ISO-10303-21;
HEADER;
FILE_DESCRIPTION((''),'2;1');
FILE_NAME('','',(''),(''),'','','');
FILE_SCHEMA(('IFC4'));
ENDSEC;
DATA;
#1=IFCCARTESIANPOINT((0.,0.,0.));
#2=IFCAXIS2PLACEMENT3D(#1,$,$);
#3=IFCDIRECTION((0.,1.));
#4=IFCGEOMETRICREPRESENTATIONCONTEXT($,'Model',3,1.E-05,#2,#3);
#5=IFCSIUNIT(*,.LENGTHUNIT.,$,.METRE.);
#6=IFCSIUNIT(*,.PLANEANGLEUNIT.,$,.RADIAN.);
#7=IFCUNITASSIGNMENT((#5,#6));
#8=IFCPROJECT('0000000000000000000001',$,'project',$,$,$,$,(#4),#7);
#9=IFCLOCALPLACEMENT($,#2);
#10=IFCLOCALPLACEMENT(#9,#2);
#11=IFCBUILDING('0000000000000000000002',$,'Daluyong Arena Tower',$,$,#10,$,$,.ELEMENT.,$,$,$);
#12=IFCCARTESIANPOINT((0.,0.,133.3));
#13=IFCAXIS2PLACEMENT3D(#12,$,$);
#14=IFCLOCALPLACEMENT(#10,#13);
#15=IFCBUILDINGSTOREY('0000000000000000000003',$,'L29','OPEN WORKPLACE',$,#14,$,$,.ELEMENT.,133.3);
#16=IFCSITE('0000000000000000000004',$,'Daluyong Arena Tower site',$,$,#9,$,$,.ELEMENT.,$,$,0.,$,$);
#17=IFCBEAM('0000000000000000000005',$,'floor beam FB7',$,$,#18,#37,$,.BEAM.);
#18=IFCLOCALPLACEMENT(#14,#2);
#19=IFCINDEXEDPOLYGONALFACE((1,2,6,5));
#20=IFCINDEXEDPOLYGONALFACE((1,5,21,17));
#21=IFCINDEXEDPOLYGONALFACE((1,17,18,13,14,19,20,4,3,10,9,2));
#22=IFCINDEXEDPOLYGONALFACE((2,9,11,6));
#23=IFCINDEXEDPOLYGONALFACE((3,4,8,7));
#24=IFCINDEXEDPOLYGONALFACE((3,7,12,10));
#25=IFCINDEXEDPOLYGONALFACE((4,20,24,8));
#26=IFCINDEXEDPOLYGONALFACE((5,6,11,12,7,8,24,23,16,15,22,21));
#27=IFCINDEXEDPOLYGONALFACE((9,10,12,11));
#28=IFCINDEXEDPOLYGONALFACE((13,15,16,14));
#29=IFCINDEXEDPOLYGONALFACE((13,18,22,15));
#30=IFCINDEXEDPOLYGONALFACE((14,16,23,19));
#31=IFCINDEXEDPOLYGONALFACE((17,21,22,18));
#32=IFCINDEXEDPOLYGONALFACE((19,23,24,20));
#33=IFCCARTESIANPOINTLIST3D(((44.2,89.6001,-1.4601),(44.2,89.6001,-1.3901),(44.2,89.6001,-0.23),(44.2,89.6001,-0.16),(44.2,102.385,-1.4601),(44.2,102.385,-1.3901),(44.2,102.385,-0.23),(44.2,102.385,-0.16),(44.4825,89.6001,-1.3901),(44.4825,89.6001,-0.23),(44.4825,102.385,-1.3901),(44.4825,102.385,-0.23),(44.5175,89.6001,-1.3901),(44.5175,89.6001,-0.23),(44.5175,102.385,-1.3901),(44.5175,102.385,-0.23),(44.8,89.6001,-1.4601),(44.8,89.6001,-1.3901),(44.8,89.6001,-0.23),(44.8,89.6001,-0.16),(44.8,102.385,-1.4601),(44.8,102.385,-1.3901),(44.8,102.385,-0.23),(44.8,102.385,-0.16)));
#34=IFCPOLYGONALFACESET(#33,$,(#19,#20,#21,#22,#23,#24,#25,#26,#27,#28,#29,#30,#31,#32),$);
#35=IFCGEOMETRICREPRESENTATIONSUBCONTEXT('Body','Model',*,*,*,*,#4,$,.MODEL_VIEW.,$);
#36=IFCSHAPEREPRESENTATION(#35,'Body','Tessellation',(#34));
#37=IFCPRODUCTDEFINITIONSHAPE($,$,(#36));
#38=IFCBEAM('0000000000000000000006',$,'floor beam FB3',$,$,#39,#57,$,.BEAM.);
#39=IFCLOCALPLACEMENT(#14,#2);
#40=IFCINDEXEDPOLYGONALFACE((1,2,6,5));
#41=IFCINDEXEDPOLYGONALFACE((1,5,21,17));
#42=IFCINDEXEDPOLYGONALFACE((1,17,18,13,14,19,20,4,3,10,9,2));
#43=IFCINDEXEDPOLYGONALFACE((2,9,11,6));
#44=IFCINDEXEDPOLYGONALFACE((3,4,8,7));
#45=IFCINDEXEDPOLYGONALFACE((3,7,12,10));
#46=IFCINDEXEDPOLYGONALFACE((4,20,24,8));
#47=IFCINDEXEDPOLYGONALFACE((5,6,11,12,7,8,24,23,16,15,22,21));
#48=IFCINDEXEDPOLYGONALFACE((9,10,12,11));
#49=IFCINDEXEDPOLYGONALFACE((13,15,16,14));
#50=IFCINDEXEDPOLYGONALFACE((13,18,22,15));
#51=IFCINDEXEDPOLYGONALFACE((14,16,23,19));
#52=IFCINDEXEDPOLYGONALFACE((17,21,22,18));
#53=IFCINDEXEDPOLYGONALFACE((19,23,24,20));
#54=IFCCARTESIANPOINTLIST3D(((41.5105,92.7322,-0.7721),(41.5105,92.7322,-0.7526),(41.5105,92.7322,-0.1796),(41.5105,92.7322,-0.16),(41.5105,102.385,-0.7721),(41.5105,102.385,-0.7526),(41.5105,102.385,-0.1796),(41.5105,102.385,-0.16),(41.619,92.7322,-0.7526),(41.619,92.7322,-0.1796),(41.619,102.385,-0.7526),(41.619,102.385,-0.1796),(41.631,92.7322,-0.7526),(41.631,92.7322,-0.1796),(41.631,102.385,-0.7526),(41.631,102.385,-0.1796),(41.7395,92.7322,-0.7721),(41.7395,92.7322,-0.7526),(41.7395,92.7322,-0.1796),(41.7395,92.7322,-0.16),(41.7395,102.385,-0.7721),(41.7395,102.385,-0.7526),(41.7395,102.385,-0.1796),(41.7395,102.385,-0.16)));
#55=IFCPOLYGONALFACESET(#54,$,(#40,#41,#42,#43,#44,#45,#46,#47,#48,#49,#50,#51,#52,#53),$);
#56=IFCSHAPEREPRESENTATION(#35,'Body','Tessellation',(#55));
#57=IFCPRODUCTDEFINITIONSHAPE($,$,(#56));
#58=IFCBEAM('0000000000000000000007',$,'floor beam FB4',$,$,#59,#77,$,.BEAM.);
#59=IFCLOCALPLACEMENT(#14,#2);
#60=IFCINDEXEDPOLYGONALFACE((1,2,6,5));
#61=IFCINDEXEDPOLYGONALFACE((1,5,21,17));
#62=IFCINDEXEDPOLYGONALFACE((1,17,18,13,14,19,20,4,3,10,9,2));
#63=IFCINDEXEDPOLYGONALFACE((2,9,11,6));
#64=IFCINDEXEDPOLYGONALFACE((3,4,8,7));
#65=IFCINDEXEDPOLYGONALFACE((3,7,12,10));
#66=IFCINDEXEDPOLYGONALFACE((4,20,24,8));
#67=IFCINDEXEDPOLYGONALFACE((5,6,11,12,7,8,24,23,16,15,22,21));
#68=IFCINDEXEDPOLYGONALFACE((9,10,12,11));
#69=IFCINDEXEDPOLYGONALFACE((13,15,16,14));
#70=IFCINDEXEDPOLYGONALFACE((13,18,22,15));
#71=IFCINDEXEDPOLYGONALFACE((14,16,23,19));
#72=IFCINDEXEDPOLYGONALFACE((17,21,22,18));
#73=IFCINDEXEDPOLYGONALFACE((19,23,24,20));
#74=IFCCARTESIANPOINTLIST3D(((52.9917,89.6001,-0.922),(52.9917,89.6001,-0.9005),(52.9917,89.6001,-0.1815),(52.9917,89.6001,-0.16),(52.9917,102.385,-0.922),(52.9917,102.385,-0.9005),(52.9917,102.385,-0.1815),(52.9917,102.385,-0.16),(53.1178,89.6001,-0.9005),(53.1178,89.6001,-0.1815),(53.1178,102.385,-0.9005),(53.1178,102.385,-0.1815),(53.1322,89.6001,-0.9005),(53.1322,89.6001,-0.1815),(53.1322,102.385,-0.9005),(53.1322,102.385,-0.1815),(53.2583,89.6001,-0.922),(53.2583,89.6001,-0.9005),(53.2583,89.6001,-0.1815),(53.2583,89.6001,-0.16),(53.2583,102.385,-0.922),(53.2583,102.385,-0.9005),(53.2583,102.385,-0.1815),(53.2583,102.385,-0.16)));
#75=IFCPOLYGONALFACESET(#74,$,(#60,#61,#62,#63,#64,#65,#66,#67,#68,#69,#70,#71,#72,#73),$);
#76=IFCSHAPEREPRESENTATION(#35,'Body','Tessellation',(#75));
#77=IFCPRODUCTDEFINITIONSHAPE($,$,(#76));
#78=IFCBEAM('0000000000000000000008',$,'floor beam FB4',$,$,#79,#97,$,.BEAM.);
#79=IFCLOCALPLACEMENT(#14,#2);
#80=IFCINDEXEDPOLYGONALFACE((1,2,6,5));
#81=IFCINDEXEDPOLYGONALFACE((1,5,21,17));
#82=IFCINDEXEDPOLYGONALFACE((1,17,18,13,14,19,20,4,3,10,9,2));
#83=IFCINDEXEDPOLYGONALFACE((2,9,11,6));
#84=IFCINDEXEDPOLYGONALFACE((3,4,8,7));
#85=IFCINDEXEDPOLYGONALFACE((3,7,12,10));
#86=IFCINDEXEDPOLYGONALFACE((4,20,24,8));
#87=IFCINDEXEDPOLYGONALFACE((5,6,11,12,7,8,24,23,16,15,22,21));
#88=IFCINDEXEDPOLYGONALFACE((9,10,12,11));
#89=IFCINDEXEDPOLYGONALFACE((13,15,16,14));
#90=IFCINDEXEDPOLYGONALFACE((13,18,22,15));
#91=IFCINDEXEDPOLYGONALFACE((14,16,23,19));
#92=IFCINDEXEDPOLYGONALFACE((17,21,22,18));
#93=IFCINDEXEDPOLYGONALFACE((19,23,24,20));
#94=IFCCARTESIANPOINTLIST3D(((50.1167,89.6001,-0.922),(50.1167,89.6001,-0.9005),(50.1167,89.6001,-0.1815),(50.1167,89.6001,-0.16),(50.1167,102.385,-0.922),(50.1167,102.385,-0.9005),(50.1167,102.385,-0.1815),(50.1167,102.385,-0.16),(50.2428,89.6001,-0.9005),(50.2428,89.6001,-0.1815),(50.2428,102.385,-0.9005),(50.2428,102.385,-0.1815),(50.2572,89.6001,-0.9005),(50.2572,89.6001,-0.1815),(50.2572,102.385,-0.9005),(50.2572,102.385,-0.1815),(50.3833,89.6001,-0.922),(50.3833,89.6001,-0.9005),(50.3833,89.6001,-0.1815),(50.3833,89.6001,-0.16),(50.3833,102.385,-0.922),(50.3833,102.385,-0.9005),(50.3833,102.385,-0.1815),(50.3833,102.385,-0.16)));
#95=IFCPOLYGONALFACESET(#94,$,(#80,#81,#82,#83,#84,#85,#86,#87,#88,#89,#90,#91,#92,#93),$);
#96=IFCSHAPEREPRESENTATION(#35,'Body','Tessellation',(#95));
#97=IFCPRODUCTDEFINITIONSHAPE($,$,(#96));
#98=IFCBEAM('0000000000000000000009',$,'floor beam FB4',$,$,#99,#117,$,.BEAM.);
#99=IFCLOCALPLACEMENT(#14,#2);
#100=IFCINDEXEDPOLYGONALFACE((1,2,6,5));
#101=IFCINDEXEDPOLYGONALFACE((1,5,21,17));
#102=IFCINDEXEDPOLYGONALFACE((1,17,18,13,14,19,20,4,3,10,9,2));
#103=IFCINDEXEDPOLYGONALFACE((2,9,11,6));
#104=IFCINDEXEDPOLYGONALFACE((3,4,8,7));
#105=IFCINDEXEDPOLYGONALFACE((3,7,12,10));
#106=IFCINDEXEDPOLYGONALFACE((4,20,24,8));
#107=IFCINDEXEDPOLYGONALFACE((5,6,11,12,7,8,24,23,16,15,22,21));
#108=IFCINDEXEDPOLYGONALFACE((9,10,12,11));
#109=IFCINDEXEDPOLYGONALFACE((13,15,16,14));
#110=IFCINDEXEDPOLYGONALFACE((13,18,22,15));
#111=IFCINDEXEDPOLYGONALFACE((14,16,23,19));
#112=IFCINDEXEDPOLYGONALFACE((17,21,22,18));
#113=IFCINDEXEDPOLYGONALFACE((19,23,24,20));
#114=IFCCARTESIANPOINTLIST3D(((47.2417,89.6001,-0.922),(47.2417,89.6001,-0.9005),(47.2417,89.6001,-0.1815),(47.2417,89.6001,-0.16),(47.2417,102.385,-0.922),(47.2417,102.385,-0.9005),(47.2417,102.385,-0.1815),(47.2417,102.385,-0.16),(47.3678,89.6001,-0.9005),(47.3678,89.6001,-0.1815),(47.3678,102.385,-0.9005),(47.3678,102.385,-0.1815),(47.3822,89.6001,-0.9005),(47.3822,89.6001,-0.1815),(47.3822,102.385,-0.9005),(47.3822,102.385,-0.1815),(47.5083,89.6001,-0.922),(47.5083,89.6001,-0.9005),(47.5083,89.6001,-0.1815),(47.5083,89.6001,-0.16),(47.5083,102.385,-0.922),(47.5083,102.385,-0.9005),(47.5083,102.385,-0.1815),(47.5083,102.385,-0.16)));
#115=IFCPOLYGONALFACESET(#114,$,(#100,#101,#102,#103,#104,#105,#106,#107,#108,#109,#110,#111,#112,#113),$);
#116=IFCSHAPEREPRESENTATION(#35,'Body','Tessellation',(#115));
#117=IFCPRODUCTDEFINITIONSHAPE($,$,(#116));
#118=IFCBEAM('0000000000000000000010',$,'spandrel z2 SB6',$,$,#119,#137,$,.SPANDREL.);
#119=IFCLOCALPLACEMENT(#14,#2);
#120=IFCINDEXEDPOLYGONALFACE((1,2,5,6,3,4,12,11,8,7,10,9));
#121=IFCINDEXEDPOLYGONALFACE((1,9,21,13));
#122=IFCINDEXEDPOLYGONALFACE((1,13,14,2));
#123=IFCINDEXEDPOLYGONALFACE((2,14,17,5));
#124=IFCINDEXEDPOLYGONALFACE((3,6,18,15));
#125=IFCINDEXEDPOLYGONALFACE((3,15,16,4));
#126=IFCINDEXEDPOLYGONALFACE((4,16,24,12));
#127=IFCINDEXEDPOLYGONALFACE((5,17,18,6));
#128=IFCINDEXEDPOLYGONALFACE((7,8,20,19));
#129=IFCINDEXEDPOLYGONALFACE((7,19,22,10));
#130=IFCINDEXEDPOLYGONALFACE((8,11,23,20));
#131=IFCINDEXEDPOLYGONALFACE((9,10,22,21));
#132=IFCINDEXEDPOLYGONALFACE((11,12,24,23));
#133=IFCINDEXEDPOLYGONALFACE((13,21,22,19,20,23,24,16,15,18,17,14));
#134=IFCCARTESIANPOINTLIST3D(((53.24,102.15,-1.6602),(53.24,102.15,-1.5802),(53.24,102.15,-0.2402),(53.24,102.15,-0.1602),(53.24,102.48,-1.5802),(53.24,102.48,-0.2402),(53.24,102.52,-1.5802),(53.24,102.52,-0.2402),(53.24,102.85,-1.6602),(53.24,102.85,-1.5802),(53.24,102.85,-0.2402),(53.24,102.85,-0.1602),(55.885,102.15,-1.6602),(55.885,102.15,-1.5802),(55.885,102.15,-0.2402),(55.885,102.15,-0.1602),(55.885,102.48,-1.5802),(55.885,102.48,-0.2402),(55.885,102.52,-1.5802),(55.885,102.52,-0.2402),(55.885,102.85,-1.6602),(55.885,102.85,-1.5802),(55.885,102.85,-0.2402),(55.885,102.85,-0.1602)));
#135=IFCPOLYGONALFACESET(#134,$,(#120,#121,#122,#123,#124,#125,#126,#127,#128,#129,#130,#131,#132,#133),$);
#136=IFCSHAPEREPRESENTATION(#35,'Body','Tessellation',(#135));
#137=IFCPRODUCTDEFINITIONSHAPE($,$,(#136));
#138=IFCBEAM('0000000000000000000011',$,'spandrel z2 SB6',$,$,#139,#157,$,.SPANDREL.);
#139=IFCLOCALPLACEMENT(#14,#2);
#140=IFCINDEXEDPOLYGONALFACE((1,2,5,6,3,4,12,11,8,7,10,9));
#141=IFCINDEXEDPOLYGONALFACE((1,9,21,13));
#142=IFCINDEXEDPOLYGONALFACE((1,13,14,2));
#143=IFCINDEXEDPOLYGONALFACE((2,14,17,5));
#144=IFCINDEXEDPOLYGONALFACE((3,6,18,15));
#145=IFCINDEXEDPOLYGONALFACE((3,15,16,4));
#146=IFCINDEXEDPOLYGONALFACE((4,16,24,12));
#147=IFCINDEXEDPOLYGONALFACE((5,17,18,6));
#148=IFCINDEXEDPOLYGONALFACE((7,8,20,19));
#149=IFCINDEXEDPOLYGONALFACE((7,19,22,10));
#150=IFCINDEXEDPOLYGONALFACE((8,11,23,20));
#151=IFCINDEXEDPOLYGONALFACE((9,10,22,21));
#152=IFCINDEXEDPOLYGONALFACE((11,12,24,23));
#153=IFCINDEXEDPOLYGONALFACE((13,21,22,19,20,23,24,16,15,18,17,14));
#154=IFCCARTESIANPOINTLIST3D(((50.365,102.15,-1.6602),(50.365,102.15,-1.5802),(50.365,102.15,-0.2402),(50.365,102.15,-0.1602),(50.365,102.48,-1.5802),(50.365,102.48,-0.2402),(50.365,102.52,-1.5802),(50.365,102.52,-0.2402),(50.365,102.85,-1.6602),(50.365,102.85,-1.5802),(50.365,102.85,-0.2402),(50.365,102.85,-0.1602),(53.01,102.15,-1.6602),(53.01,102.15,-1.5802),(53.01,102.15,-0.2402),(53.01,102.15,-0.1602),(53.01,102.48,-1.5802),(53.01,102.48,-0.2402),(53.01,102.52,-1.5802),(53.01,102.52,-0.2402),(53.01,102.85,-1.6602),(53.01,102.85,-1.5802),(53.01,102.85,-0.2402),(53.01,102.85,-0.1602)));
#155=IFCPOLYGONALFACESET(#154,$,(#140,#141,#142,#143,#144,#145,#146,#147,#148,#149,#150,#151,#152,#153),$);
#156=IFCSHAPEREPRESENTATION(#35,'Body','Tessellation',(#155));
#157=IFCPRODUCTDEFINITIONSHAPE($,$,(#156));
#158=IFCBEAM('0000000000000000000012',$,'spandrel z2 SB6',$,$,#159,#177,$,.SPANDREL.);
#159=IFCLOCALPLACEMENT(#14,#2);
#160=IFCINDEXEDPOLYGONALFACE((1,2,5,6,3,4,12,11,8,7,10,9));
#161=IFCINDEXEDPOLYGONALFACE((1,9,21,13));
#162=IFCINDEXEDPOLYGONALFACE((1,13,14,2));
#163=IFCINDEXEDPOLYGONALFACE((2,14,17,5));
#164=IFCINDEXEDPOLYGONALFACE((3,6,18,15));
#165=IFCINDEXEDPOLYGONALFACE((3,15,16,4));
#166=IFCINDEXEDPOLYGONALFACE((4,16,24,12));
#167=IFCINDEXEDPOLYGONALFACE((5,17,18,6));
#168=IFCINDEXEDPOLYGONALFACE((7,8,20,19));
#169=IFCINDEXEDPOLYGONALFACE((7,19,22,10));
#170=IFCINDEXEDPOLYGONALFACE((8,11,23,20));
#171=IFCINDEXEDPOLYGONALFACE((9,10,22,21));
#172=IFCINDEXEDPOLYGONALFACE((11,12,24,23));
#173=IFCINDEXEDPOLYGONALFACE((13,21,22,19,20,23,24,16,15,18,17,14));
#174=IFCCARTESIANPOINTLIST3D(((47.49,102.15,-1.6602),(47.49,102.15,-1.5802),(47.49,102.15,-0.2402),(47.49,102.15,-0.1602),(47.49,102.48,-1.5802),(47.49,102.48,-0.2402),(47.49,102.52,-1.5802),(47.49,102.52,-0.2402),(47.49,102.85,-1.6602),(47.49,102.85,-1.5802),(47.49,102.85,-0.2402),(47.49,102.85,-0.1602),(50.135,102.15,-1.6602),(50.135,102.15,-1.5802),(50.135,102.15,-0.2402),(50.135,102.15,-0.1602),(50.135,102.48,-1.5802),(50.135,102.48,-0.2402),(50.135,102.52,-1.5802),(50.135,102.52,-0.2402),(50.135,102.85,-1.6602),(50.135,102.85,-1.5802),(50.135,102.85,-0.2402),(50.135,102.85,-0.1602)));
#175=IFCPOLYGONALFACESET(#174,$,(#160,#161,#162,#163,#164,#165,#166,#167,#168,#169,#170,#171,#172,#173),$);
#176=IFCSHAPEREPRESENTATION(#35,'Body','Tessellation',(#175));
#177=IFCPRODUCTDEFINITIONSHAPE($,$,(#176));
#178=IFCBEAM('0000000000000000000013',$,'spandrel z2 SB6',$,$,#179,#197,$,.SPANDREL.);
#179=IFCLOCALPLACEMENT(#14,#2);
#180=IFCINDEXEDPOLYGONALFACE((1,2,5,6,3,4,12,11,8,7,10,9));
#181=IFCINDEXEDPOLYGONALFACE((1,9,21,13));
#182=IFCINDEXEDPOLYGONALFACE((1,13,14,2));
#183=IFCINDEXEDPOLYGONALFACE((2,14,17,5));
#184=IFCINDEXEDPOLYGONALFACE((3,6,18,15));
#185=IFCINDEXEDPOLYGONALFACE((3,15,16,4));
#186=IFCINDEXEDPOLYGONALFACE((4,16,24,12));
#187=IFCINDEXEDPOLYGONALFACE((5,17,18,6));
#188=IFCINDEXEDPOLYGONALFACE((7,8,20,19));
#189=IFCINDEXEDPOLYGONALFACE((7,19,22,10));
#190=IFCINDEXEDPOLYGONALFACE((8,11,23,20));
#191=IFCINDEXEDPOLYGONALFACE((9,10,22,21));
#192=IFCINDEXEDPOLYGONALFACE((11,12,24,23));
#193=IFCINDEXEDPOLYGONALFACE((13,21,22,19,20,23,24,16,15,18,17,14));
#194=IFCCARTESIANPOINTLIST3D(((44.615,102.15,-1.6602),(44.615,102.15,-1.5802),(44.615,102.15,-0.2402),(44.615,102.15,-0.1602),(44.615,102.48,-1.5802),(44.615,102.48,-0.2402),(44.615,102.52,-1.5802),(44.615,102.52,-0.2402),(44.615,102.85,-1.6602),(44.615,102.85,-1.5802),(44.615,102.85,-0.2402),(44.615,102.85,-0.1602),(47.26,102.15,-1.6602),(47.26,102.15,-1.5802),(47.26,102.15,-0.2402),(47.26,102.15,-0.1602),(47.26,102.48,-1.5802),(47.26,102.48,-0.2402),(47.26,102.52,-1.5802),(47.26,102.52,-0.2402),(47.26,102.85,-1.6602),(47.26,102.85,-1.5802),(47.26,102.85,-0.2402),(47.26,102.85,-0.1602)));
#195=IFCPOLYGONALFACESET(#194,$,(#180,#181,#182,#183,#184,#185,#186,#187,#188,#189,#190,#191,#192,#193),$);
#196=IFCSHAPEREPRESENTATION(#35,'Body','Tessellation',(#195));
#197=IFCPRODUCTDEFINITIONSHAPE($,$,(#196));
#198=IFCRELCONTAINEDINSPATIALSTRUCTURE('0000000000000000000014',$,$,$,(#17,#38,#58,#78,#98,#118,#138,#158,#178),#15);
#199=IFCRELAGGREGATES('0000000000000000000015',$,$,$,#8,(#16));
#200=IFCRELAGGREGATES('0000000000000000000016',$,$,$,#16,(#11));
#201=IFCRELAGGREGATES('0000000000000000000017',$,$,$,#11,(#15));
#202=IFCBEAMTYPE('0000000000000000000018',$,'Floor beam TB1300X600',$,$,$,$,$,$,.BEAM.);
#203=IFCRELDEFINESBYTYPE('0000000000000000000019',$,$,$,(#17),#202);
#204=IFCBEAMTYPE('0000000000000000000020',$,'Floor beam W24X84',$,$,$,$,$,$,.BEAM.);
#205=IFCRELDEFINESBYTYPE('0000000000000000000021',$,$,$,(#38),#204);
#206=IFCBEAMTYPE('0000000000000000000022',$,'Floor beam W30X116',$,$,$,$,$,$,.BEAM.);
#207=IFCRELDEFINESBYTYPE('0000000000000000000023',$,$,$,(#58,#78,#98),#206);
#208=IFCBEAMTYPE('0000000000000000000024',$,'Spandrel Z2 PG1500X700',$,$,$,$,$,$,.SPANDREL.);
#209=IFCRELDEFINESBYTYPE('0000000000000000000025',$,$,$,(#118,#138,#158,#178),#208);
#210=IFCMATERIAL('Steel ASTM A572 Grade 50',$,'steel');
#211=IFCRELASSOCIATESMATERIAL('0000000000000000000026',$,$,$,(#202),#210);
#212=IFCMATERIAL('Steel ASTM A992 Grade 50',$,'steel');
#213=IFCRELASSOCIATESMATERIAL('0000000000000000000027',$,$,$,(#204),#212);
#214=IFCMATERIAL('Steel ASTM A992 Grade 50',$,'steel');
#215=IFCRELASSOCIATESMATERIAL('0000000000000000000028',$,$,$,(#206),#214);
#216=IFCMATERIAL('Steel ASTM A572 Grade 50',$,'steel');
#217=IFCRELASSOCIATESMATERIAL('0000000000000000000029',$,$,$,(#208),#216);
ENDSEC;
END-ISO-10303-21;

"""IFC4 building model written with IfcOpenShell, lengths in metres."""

from ifc_helpers import new_model, si_unit, direction, frame, origin, origin_2d, place, context, subcontext, project, spatial, i_section, extrude, material, material_profile, profile_set, type_object, element, save


model = new_model("IFC4")

# Units and contexts
model_context = context("Model", 3, precision=1e-05, world=origin(), true_north=direction((0.0, 1.0)))
body_context = subcontext(model_context, "Body", "Model", "MODEL_VIEW")
ifc_project = project(units=[si_unit("LENGTHUNIT", "METRE"), si_unit("PLANEANGLEUNIT", "RADIAN")], contexts=[model_context])

# Site, building, storey
site_placement = place(None, origin())
site = spatial("IfcSite", under=ifc_project, at=site_placement, Name="Daluyong Arena Tower site", CompositionType="ELEMENT", RefElevation=0.0)
building_placement = place(site_placement, origin())
building = spatial("IfcBuilding", under=site, at=building_placement, Name="Daluyong Arena Tower", CompositionType="ELEMENT")
storey_placement = place(building_placement, frame((0.0, 0.0, 133.3)))
storey = spatial("IfcBuildingStorey", under=building, at=storey_placement, Name="L29", Description="OPEN WORKPLACE", CompositionType="ELEMENT", Elevation=133.3)

# Beams
ifc_material_1 = material(Name="Steel ASTM A572 Grade 50", Category="steel")
ifc_material_profile_1 = material_profile(ifc_material_1, i_section(OverallWidth=0.6001, OverallDepth=1.3, WebThickness=0.035, FlangeThickness=0.07, at=origin_2d()))
ifc_profile_set_1 = profile_set([ifc_material_profile_1], Name="Steel ASTM A572 Grade 50")
beam_type_1 = type_object("IfcBeamType", Name="Floor beam TB1300X600", PredefinedType="BEAM", material=ifc_profile_set_1)
beam_1_placement = place(storey_placement, frame((44.5, 102.385, -0.8101), z_axis=(0.0, -1.0, 0.0), x_axis=(1.0, 0.0, 0.0)))
element("IfcBeam", 1, at=beam_1_placement, inside=storey, type_object=beam_type_1, Name="floor beam FB7", PredefinedType="BEAM", context=body_context, shape_type="SweptSolid", body=[
    extrude(i_section(OverallWidth=0.6001, OverallDepth=1.3, WebThickness=0.035, FlangeThickness=0.07, at=origin_2d()), origin(), (0.0, 0.0, 1.0), 12.7849),
])
ifc_material_2 = material(Name="Steel ASTM A992 Grade 50", Category="steel")
ifc_material_profile_2 = material_profile(ifc_material_2, i_section(OverallWidth=0.229, OverallDepth=0.6121, WebThickness=0.012, FlangeThickness=0.0195, at=origin_2d()))
ifc_profile_set_2 = profile_set([ifc_material_profile_2], Name="Steel ASTM A992 Grade 50")
beam_type_2 = type_object("IfcBeamType", Name="Floor beam W24X84", PredefinedType="BEAM", material=ifc_profile_set_2)
beam_2_placement = place(storey_placement, frame((41.625, 102.385, -0.4661), z_axis=(0.0, -1.0, 0.0), x_axis=(1.0, 0.0, 0.0)))
element("IfcBeam", 2, at=beam_2_placement, inside=storey, type_object=beam_type_2, Name="floor beam FB3", PredefinedType="BEAM", context=body_context, shape_type="SweptSolid", body=[
    extrude(i_section(OverallWidth=0.229, OverallDepth=0.6121, WebThickness=0.012, FlangeThickness=0.0195, at=origin_2d()), origin(), (0.0, 0.0, 1.0), 9.6528),
])
ifc_material_3 = material(Name="Steel ASTM A992 Grade 50", Category="steel")
ifc_material_profile_3 = material_profile(ifc_material_3, i_section(OverallWidth=0.2666, OverallDepth=0.762, WebThickness=0.0144, FlangeThickness=0.0215, at=origin_2d()))
ifc_profile_set_3 = profile_set([ifc_material_profile_3], Name="Steel ASTM A992 Grade 50")
beam_type_3 = type_object("IfcBeamType", Name="Floor beam W30X116", PredefinedType="BEAM", material=ifc_profile_set_3)
for number, where, z_axis, x_axis, name in (
    (3, (53.125, 102.385, -0.541), (0.0, -1.0, 0.0), (1.0, 0.0, 0.0), "floor beam FB4"),
    (4, (50.25, 102.385, -0.541), (0.0, -1.0, 0.0), (1.0, 0.0, 0.0), "floor beam FB4"),
    (5, (47.375, 102.385, -0.541), (0.0, -1.0, 0.0), (1.0, 0.0, 0.0), "floor beam FB4"),
):
    element("IfcBeam", number, at=place(storey_placement, frame(where, z_axis=z_axis, x_axis=x_axis)), inside=storey, type_object=beam_type_3, Name=name, PredefinedType="BEAM", context=body_context, shape_type="SweptSolid", body=[
        extrude(i_section(OverallWidth=0.2666, OverallDepth=0.762, WebThickness=0.0144, FlangeThickness=0.0215, at=origin_2d()), origin(), (0.0, 0.0, 1.0), 12.7849),
    ])
ifc_material_4 = material(Name="Steel ASTM A572 Grade 50", Category="steel")
ifc_material_profile_4 = material_profile(ifc_material_4, i_section(OverallWidth=0.7, OverallDepth=1.5, WebThickness=0.04, FlangeThickness=0.08, at=origin_2d()))
ifc_profile_set_4 = profile_set([ifc_material_profile_4], Name="Steel ASTM A572 Grade 50")
beam_type_4 = type_object("IfcBeamType", Name="Spandrel Z2 PG1500X700", PredefinedType="SPANDREL", material=ifc_profile_set_4)
for number, where, z_axis, x_axis, name in (
    (6, (55.885, 102.5, -0.9102), (-1.0, 0.0, 0.0), (0.0, -1.0, 0.0), "spandrel z2 SB6"),
    (7, (53.01, 102.5, -0.9102), (-1.0, 0.0, 0.0), (0.0, -1.0, 0.0), "spandrel z2 SB6"),
    (8, (50.135, 102.5, -0.9102), (-1.0, 0.0, 0.0), (0.0, -1.0, 0.0), "spandrel z2 SB6"),
    (9, (47.26, 102.5, -0.9102), (-1.0, 0.0, 0.0), (0.0, -1.0, 0.0), "spandrel z2 SB6"),
):
    element("IfcBeam", number, at=place(storey_placement, frame(where, z_axis=z_axis, x_axis=x_axis)), inside=storey, type_object=beam_type_4, Name=name, PredefinedType="SPANDREL", context=body_context, shape_type="SweptSolid", body=[
        extrude(i_section(OverallWidth=0.7, OverallDepth=1.5, WebThickness=0.04, FlangeThickness=0.08, at=origin_2d()), origin(), (0.0, 0.0, 1.0), 2.645),
    ])

save(model, "model.ifc")
